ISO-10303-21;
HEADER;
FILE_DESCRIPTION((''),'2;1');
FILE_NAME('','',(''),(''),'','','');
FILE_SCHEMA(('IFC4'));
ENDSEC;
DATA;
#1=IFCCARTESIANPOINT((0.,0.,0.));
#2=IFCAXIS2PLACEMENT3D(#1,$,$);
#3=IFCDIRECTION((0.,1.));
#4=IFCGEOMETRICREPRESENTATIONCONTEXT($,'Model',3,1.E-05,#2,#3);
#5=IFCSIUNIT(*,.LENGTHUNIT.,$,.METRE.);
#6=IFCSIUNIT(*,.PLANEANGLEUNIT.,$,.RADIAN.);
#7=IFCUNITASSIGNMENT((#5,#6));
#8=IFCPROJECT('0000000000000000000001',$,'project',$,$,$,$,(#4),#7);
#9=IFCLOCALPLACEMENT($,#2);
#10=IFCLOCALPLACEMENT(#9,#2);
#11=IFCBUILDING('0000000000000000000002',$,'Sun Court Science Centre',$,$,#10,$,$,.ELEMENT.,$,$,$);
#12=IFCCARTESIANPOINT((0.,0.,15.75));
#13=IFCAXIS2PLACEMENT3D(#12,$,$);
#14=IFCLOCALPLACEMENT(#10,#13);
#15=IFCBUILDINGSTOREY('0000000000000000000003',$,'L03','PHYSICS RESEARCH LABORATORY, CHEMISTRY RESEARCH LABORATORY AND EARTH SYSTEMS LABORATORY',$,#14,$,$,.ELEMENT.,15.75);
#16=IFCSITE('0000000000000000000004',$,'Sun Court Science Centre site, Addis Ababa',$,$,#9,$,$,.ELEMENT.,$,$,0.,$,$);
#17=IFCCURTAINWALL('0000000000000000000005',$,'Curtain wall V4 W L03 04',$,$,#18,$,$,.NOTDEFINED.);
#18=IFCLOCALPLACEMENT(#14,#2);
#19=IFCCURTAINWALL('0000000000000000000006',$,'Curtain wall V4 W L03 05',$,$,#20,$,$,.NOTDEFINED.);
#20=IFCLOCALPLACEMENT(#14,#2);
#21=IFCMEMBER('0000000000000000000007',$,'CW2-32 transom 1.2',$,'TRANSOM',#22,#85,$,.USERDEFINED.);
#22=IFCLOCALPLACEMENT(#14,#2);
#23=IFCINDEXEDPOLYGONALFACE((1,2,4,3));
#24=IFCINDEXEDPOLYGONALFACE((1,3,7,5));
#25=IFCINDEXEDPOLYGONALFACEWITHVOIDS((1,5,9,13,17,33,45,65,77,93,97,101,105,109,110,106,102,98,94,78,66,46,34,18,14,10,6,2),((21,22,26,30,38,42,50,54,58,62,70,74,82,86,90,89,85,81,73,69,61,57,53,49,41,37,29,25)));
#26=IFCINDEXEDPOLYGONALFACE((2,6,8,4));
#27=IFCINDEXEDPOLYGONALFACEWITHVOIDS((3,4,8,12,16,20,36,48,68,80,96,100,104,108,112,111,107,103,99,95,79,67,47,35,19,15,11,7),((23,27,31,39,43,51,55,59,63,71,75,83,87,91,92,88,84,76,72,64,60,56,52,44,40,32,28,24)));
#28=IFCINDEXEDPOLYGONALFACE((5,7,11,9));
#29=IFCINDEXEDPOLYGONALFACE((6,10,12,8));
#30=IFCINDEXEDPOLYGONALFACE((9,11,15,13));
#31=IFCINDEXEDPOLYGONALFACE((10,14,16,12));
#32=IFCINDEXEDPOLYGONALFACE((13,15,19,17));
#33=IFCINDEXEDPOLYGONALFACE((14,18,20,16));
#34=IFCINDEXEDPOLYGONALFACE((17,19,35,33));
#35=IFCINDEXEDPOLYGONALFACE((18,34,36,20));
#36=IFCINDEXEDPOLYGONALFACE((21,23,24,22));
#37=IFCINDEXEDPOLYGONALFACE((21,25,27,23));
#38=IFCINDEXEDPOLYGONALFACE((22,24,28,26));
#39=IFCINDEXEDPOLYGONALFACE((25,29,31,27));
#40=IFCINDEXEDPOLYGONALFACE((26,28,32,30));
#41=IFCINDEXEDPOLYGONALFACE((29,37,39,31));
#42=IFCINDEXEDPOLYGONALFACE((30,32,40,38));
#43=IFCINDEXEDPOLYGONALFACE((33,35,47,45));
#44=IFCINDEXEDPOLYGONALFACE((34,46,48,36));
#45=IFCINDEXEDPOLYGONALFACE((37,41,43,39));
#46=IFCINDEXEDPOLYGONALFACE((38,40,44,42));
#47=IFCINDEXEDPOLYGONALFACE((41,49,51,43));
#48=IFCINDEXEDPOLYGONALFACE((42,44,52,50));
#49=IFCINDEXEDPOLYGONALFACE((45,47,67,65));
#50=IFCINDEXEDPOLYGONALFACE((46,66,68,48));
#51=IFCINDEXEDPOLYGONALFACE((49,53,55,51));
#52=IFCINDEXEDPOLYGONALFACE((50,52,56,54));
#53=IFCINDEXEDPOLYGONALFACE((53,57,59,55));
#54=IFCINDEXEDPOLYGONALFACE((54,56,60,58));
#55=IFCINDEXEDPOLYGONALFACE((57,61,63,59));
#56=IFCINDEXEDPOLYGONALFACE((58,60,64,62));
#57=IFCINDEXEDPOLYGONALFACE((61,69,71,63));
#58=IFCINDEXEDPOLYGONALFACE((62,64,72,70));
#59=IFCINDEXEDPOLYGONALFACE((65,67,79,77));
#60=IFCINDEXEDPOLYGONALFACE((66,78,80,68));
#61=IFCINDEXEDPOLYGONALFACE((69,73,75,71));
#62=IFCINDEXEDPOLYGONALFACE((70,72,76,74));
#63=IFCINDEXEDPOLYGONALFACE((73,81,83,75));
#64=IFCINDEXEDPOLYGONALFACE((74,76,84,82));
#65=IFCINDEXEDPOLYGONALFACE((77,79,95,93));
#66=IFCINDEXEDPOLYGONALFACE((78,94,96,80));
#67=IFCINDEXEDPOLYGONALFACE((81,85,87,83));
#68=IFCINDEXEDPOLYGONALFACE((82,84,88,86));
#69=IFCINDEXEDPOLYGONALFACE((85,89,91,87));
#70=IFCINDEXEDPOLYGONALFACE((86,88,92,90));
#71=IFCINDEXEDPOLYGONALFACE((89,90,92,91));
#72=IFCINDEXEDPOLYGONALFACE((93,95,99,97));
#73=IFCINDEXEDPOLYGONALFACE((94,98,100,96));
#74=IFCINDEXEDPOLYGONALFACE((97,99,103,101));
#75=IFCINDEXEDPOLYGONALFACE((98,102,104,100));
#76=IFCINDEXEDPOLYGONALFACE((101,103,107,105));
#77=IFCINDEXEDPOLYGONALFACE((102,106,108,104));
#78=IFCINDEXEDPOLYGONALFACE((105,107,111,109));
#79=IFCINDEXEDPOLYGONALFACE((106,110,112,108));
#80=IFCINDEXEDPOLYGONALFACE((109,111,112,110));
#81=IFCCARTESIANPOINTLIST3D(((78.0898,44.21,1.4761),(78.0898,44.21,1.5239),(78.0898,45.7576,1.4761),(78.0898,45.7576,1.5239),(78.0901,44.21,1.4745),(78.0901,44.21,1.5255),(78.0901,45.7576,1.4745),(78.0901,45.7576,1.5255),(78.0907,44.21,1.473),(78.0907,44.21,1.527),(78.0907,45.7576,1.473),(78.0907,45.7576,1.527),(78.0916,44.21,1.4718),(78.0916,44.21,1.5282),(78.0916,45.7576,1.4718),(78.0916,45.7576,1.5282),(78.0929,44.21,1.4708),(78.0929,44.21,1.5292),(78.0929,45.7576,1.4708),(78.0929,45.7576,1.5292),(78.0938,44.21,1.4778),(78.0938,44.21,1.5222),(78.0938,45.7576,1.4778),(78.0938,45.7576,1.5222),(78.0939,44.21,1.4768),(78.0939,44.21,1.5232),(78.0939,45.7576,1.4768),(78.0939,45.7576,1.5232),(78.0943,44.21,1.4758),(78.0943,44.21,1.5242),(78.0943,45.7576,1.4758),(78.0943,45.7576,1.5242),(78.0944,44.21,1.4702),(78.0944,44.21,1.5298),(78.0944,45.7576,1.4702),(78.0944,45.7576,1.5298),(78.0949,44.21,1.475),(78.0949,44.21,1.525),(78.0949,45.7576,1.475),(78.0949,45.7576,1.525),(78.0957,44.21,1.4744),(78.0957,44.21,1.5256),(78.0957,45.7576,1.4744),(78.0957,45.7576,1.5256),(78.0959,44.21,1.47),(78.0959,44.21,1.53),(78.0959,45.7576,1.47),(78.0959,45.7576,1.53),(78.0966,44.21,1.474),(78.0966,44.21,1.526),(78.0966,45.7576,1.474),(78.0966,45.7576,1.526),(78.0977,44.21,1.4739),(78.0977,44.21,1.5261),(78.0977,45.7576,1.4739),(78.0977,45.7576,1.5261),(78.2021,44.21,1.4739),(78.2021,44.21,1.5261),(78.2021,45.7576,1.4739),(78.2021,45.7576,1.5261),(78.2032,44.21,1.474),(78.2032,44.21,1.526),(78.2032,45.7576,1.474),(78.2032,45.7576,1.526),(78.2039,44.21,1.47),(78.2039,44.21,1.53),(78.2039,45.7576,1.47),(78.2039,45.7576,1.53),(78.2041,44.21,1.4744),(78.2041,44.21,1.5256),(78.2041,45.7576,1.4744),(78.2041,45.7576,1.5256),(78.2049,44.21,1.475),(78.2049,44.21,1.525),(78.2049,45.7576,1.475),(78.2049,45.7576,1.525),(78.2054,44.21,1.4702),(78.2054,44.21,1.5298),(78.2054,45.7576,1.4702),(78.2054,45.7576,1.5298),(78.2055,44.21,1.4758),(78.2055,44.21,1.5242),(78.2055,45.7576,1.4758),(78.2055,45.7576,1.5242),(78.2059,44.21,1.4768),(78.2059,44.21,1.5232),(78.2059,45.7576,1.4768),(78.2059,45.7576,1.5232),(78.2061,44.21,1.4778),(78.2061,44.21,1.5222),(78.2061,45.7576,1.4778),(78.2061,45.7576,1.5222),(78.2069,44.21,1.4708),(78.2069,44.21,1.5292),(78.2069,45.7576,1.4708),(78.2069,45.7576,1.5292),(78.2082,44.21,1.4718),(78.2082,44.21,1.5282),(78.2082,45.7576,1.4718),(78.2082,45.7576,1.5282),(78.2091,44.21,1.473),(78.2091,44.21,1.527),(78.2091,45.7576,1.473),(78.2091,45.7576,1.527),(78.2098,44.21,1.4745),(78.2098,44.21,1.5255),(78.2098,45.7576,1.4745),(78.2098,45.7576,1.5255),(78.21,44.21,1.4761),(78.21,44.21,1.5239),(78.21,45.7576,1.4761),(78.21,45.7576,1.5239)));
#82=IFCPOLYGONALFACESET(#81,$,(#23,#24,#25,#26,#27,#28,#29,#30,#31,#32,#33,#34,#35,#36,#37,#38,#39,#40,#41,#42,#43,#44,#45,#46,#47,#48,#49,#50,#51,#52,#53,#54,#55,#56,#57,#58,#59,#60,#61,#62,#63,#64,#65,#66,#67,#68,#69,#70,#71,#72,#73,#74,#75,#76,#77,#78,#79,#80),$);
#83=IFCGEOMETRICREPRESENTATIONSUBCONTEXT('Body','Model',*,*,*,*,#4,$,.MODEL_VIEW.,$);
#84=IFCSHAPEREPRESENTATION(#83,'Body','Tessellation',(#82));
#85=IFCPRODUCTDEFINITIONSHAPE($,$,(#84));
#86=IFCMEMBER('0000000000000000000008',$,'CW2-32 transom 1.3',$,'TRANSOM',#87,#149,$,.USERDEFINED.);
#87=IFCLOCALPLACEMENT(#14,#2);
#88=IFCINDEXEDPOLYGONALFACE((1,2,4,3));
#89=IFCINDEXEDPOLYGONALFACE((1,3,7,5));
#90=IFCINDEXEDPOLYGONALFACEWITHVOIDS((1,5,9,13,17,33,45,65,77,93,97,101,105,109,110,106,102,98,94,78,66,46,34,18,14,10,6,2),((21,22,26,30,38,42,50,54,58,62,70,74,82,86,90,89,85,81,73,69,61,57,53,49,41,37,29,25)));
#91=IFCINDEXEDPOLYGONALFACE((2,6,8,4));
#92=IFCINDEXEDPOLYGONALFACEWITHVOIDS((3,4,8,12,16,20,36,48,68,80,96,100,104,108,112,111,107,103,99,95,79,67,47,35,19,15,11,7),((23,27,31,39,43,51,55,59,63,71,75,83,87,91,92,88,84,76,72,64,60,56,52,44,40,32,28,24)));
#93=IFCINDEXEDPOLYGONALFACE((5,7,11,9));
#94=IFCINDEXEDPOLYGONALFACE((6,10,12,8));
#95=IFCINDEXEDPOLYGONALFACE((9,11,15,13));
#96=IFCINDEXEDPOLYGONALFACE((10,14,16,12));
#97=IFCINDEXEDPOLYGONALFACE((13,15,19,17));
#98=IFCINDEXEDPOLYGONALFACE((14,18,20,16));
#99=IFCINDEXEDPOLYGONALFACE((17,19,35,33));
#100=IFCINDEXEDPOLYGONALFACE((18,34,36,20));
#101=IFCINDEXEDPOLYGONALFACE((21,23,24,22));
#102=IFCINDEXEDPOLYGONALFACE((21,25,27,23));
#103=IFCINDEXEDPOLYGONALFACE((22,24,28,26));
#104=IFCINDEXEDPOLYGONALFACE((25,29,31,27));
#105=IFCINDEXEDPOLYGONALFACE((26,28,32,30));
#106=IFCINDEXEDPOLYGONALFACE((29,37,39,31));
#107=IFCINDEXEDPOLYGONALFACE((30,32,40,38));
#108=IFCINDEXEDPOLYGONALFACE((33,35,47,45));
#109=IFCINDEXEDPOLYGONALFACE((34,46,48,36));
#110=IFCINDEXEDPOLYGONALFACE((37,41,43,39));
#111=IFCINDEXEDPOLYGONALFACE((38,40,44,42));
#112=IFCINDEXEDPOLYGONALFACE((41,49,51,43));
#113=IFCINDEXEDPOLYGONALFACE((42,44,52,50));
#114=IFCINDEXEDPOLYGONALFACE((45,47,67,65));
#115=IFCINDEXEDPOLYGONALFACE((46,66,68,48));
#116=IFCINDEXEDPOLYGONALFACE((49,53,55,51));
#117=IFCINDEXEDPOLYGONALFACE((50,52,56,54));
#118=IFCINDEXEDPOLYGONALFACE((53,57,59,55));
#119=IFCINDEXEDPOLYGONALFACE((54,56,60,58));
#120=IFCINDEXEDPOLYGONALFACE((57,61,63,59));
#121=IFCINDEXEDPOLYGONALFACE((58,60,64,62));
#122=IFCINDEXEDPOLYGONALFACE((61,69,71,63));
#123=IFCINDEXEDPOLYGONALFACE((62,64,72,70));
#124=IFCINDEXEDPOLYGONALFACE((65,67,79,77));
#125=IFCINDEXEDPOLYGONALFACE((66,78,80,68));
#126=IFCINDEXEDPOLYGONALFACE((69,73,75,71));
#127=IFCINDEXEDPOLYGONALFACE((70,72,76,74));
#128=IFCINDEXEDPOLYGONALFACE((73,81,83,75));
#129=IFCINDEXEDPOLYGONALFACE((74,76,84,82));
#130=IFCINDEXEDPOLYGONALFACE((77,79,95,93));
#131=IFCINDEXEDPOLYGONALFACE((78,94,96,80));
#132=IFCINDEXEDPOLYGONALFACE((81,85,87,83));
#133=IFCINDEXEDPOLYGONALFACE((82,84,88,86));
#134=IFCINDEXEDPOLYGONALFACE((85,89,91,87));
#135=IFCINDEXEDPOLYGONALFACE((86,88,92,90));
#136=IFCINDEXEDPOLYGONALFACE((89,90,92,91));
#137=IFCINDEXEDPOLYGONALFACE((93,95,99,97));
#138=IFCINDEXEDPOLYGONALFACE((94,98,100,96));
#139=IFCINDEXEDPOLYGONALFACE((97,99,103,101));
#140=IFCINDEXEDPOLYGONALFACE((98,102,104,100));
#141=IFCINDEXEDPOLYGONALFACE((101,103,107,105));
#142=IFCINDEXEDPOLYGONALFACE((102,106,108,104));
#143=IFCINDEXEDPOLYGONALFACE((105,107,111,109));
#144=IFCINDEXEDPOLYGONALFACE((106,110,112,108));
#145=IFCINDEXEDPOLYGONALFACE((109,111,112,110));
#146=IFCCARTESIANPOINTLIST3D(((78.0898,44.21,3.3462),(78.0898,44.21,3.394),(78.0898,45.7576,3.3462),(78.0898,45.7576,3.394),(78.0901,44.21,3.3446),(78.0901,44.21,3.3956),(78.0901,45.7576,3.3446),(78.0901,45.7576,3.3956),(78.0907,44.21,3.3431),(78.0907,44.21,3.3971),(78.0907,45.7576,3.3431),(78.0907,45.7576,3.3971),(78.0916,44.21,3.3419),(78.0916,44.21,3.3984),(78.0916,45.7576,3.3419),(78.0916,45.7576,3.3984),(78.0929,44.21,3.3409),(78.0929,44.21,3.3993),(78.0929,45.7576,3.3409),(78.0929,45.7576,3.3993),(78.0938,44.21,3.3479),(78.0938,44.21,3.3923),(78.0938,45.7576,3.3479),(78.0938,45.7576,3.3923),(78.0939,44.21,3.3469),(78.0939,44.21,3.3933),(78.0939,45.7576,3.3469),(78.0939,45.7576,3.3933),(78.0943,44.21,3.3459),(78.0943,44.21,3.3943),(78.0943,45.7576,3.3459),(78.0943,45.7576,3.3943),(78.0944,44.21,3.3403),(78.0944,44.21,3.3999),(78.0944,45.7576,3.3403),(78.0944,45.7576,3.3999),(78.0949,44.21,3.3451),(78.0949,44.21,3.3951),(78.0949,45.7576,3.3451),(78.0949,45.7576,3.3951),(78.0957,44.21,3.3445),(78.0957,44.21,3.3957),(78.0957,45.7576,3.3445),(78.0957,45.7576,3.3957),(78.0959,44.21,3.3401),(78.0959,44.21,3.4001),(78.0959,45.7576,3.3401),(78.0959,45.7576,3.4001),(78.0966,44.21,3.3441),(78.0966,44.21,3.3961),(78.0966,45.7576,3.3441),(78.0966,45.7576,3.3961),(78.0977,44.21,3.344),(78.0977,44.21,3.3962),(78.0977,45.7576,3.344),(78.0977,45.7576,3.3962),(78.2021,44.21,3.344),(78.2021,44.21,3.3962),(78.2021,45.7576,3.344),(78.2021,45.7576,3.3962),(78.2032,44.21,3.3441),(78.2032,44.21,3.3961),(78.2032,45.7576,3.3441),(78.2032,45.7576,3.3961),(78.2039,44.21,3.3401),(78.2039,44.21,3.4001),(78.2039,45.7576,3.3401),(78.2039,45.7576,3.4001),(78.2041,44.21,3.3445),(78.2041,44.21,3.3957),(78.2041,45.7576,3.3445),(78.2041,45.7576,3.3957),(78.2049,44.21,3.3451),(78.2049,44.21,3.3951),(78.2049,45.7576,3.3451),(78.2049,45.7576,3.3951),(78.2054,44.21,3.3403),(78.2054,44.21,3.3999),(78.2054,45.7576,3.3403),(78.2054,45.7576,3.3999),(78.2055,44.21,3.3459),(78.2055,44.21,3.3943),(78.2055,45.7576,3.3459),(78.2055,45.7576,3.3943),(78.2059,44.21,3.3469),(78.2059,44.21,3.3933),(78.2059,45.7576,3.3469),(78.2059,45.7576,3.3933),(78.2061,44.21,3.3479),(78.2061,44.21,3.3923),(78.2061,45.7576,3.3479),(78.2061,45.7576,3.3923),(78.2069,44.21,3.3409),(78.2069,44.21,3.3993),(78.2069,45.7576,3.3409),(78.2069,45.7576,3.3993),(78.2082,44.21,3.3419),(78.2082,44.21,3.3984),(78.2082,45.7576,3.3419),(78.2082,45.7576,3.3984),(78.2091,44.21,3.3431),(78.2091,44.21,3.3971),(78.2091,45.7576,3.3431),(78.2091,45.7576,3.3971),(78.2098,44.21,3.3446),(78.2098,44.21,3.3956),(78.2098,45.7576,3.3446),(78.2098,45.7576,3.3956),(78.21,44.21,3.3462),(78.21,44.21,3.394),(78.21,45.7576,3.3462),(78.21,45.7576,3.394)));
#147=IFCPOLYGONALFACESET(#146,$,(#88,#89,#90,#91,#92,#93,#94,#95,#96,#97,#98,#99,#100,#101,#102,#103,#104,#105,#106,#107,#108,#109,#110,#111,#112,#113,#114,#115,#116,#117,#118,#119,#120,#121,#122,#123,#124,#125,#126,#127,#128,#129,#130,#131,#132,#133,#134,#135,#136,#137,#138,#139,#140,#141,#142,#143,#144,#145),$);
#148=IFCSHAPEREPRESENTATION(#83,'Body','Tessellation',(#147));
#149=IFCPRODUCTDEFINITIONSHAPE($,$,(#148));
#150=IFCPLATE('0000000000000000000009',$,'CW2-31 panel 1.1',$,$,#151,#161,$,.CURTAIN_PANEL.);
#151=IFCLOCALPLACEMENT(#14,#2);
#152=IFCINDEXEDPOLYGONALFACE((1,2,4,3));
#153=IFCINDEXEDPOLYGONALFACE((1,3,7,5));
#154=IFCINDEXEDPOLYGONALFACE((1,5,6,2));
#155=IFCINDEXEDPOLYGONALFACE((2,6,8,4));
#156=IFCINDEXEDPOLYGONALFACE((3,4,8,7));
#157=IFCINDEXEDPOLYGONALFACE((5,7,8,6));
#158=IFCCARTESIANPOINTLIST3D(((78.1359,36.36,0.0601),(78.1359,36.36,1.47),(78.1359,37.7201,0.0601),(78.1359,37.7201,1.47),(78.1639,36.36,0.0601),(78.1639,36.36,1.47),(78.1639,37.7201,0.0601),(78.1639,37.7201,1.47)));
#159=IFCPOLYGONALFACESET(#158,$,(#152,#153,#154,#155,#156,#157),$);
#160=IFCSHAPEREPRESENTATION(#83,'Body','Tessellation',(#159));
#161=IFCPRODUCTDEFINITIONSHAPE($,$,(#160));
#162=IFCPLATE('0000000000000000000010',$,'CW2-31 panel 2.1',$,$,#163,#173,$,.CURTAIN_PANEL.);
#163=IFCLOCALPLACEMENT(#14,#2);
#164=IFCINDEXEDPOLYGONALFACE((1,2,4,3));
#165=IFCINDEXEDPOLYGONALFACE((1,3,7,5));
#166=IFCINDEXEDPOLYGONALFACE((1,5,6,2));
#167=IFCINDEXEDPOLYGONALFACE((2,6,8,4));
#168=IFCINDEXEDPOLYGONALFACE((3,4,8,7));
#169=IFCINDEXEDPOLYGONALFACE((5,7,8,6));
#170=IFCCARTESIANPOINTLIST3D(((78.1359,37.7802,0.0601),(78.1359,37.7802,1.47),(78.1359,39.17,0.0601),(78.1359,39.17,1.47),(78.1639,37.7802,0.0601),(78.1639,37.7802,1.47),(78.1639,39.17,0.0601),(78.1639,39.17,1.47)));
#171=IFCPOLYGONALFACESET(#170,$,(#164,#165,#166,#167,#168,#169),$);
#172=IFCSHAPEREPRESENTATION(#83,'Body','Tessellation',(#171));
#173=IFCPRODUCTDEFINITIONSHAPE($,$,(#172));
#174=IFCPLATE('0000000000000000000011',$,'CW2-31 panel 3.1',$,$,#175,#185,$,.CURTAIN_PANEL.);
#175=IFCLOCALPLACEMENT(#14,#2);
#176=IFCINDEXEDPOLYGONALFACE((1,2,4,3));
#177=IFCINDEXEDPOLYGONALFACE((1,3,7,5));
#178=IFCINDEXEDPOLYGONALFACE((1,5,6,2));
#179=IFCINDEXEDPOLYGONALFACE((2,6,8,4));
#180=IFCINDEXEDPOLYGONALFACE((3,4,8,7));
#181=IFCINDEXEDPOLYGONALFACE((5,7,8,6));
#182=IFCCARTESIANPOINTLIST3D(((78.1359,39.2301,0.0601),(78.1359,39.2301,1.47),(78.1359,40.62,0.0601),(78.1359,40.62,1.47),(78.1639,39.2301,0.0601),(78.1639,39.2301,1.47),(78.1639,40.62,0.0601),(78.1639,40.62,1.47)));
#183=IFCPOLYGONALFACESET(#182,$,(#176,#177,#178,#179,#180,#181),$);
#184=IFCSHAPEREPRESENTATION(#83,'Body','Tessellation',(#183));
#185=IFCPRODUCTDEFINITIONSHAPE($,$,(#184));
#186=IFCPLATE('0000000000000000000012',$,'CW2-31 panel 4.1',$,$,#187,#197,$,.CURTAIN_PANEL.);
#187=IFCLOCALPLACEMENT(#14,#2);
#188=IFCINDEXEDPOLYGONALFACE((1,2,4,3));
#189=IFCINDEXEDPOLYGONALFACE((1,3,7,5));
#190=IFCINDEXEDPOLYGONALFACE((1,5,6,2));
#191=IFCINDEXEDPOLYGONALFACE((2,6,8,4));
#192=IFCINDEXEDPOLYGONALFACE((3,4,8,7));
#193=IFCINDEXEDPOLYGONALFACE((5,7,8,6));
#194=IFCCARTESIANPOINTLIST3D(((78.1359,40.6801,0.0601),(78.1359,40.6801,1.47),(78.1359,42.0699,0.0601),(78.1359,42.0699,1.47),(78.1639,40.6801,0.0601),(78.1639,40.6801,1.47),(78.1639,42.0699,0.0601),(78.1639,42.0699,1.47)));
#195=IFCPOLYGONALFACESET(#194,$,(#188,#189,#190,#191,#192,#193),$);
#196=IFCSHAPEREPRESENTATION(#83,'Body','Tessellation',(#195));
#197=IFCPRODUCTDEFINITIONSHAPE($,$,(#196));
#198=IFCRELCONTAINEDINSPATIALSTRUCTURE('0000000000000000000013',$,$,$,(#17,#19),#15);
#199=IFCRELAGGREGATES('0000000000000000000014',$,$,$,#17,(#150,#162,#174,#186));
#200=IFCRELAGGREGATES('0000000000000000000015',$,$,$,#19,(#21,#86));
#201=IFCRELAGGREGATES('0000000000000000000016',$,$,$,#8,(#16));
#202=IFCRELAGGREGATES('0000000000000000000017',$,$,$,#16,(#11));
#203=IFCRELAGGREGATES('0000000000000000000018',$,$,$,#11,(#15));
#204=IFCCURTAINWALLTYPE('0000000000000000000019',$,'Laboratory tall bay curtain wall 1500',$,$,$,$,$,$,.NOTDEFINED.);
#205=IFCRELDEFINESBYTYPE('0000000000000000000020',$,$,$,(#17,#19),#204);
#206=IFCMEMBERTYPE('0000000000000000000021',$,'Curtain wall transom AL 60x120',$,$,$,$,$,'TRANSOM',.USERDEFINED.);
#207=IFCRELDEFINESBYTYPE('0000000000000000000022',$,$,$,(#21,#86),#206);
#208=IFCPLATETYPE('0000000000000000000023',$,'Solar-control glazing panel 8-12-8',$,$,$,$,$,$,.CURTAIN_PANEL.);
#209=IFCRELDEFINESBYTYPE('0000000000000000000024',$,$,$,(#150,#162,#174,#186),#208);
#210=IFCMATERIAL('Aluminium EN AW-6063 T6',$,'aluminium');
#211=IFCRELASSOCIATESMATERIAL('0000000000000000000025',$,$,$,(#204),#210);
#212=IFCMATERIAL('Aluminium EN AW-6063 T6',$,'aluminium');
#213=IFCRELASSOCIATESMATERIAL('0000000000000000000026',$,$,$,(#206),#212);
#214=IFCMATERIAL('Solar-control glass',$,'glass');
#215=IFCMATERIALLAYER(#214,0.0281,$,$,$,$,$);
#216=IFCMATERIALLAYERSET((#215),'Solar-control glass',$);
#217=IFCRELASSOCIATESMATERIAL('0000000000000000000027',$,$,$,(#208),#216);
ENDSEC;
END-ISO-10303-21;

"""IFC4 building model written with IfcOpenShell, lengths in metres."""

from ifc_helpers import new_model, si_unit, direction, frame, origin, origin_2d, place, context, subcontext, project, spatial, rectangle, hollow_rectangle, extrude, material, layer, layer_set, material_profile, profile_set, type_object, element, aggregate, save


model = new_model("IFC4")

# Units and contexts
model_context = context("Model", 3, precision=1e-05, world=origin(), true_north=direction((0.0, 1.0)))
body_context = subcontext(model_context, "Body", "Model", "MODEL_VIEW")
ifc_project = project(units=[si_unit("LENGTHUNIT", "METRE"), si_unit("PLANEANGLEUNIT", "RADIAN")], contexts=[model_context])

# Site, building, storey
site_placement = place(None, origin())
site = spatial("IfcSite", under=ifc_project, at=site_placement, Name="Sun Court Science Centre site, Addis Ababa", CompositionType="ELEMENT", RefElevation=0.0)
building_placement = place(site_placement, origin())
building = spatial("IfcBuilding", under=site, at=building_placement, Name="Sun Court Science Centre", CompositionType="ELEMENT")
storey_placement = place(building_placement, frame((0.0, 0.0, 15.75)))
storey = spatial("IfcBuildingStorey", under=building, at=storey_placement, Name="L03", Description="PHYSICS RESEARCH LABORATORY, CHEMISTRY RESEARCH LABORATORY AND EARTH SYSTEMS LABORATORY", CompositionType="ELEMENT", Elevation=15.75)

# Curtain walls
ifc_material_1 = material(Name="Aluminium EN AW-6063 T6", Category="aluminium")
curtain_wall_type = type_object("IfcCurtainWallType", Name="Laboratory tall bay curtain wall 1500", PredefinedType="NOTDEFINED", material=ifc_material_1)
curtain_wall_1_placement = place(storey_placement, origin())
curtain_wall_1 = element("IfcCurtainWall", 1, at=curtain_wall_1_placement, inside=storey, type_object=curtain_wall_type, Name="Curtain wall V4 W L03 04", PredefinedType="NOTDEFINED")
curtain_wall_2_placement = place(storey_placement, origin())
curtain_wall_2 = element("IfcCurtainWall", 2, at=curtain_wall_2_placement, inside=storey, type_object=curtain_wall_type, Name="Curtain wall V4 W L03 05", PredefinedType="NOTDEFINED")

# Members
ifc_material_2 = material(Name="Aluminium EN AW-6063 T6", Category="aluminium")
ifc_material_profile_1 = material_profile(ifc_material_2, hollow_rectangle(XDim=0.0601, YDim=0.1201, WallThickness=0.0039, InnerFilletRadius=0.0039, OuterFilletRadius=0.0061, at=origin_2d()), Name="AL 60x120x4")
ifc_profile_set_1 = profile_set([ifc_material_profile_1], Name="Aluminium EN AW-6063 T6")
member_type_1 = type_object("IfcMemberType", Name="Curtain wall transom AL 60x120", ElementType="TRANSOM", PredefinedType="USERDEFINED", material=ifc_profile_set_1)
member_1_placement = place(storey_placement, frame((78.1499, 44.21, 1.5), z_axis=(0.0, 1.0, 0.0), x_axis=(0.0, 0.0, 1.0)))
member_1 = element("IfcMember", 3, at=member_1_placement, type_object=member_type_1, Name="CW2-32 transom 1.2", ObjectType="TRANSOM", PredefinedType="USERDEFINED", context=body_context, shape_type="SweptSolid", body=[
    extrude(hollow_rectangle(XDim=0.0601, YDim=0.1201, WallThickness=0.0039, InnerFilletRadius=0.0039, OuterFilletRadius=0.0061, at=origin_2d()), origin(), (0.0, 0.0, 1.0), 1.5476),
])
member_2_placement = place(storey_placement, frame((78.1499, 44.21, 3.3701), z_axis=(0.0, 1.0, 0.0), x_axis=(0.0, 0.0, 1.0)))
member_2 = element("IfcMember", 4, at=member_2_placement, type_object=member_type_1, Name="CW2-32 transom 1.3", ObjectType="TRANSOM", PredefinedType="USERDEFINED", context=body_context, shape_type="SweptSolid", body=[
    extrude(hollow_rectangle(XDim=0.0601, YDim=0.1201, WallThickness=0.0039, InnerFilletRadius=0.0039, OuterFilletRadius=0.0061, at=origin_2d()), origin(), (0.0, 0.0, 1.0), 1.5476),
])

# Plates
ifc_material_3 = material(Name="Solar-control glass", Category="glass")
ifc_layer = layer(ifc_material_3, 0.0281)
ifc_layer_set = layer_set([ifc_layer], Name="Solar-control glass")
plate_type = type_object("IfcPlateType", Name="Solar-control glazing panel 8-12-8", PredefinedType="CURTAIN_PANEL", material=ifc_layer_set)
plate_1_placement = place(storey_placement, frame((78.1499, 37.04, 0.0601), z_axis=(0.0, 0.0, 1.0), x_axis=(0.0, 1.0, 0.0)))
plate_1 = element("IfcPlate", 5, at=plate_1_placement, type_object=plate_type, Name="CW2-31 panel 1.1", PredefinedType="CURTAIN_PANEL", context=body_context, shape_type="SweptSolid", body=[
    extrude(rectangle(XDim=1.3601, YDim=0.0281, at=origin_2d()), origin(), (0.0, 0.0, 1.0), 1.4099),
])
plate_2_placement = place(storey_placement, frame((78.1499, 38.4751, 0.0601), z_axis=(0.0, 0.0, 1.0), x_axis=(0.0, 1.0, 0.0)))
plate_2 = element("IfcPlate", 6, at=plate_2_placement, type_object=plate_type, Name="CW2-31 panel 2.1", PredefinedType="CURTAIN_PANEL", context=body_context, shape_type="SweptSolid", body=[
    extrude(rectangle(XDim=1.3899, YDim=0.0281, at=origin_2d()), origin(), (0.0, 0.0, 1.0), 1.4099),
])
plate_3_placement = place(storey_placement, frame((78.1499, 39.925, 0.0601), z_axis=(0.0, 0.0, 1.0), x_axis=(0.0, 1.0, 0.0)))
plate_3 = element("IfcPlate", 7, at=plate_3_placement, type_object=plate_type, Name="CW2-31 panel 3.1", PredefinedType="CURTAIN_PANEL", context=body_context, shape_type="SweptSolid", body=[
    extrude(rectangle(XDim=1.3899, YDim=0.0281, at=origin_2d()), origin(), (0.0, 0.0, 1.0), 1.4099),
])
plate_4_placement = place(storey_placement, frame((78.1499, 41.375, 0.0601), z_axis=(0.0, 0.0, 1.0), x_axis=(0.0, 1.0, 0.0)))
plate_4 = element("IfcPlate", 8, at=plate_4_placement, type_object=plate_type, Name="CW2-31 panel 4.1", PredefinedType="CURTAIN_PANEL", context=body_context, shape_type="SweptSolid", body=[
    extrude(rectangle(XDim=1.3899, YDim=0.0281, at=origin_2d()), origin(), (0.0, 0.0, 1.0), 1.4099),
])
aggregate(curtain_wall_1, [plate_1, plate_2, plate_3, plate_4])
aggregate(curtain_wall_2, [member_1, member_2])

save(model, "model.ifc")
